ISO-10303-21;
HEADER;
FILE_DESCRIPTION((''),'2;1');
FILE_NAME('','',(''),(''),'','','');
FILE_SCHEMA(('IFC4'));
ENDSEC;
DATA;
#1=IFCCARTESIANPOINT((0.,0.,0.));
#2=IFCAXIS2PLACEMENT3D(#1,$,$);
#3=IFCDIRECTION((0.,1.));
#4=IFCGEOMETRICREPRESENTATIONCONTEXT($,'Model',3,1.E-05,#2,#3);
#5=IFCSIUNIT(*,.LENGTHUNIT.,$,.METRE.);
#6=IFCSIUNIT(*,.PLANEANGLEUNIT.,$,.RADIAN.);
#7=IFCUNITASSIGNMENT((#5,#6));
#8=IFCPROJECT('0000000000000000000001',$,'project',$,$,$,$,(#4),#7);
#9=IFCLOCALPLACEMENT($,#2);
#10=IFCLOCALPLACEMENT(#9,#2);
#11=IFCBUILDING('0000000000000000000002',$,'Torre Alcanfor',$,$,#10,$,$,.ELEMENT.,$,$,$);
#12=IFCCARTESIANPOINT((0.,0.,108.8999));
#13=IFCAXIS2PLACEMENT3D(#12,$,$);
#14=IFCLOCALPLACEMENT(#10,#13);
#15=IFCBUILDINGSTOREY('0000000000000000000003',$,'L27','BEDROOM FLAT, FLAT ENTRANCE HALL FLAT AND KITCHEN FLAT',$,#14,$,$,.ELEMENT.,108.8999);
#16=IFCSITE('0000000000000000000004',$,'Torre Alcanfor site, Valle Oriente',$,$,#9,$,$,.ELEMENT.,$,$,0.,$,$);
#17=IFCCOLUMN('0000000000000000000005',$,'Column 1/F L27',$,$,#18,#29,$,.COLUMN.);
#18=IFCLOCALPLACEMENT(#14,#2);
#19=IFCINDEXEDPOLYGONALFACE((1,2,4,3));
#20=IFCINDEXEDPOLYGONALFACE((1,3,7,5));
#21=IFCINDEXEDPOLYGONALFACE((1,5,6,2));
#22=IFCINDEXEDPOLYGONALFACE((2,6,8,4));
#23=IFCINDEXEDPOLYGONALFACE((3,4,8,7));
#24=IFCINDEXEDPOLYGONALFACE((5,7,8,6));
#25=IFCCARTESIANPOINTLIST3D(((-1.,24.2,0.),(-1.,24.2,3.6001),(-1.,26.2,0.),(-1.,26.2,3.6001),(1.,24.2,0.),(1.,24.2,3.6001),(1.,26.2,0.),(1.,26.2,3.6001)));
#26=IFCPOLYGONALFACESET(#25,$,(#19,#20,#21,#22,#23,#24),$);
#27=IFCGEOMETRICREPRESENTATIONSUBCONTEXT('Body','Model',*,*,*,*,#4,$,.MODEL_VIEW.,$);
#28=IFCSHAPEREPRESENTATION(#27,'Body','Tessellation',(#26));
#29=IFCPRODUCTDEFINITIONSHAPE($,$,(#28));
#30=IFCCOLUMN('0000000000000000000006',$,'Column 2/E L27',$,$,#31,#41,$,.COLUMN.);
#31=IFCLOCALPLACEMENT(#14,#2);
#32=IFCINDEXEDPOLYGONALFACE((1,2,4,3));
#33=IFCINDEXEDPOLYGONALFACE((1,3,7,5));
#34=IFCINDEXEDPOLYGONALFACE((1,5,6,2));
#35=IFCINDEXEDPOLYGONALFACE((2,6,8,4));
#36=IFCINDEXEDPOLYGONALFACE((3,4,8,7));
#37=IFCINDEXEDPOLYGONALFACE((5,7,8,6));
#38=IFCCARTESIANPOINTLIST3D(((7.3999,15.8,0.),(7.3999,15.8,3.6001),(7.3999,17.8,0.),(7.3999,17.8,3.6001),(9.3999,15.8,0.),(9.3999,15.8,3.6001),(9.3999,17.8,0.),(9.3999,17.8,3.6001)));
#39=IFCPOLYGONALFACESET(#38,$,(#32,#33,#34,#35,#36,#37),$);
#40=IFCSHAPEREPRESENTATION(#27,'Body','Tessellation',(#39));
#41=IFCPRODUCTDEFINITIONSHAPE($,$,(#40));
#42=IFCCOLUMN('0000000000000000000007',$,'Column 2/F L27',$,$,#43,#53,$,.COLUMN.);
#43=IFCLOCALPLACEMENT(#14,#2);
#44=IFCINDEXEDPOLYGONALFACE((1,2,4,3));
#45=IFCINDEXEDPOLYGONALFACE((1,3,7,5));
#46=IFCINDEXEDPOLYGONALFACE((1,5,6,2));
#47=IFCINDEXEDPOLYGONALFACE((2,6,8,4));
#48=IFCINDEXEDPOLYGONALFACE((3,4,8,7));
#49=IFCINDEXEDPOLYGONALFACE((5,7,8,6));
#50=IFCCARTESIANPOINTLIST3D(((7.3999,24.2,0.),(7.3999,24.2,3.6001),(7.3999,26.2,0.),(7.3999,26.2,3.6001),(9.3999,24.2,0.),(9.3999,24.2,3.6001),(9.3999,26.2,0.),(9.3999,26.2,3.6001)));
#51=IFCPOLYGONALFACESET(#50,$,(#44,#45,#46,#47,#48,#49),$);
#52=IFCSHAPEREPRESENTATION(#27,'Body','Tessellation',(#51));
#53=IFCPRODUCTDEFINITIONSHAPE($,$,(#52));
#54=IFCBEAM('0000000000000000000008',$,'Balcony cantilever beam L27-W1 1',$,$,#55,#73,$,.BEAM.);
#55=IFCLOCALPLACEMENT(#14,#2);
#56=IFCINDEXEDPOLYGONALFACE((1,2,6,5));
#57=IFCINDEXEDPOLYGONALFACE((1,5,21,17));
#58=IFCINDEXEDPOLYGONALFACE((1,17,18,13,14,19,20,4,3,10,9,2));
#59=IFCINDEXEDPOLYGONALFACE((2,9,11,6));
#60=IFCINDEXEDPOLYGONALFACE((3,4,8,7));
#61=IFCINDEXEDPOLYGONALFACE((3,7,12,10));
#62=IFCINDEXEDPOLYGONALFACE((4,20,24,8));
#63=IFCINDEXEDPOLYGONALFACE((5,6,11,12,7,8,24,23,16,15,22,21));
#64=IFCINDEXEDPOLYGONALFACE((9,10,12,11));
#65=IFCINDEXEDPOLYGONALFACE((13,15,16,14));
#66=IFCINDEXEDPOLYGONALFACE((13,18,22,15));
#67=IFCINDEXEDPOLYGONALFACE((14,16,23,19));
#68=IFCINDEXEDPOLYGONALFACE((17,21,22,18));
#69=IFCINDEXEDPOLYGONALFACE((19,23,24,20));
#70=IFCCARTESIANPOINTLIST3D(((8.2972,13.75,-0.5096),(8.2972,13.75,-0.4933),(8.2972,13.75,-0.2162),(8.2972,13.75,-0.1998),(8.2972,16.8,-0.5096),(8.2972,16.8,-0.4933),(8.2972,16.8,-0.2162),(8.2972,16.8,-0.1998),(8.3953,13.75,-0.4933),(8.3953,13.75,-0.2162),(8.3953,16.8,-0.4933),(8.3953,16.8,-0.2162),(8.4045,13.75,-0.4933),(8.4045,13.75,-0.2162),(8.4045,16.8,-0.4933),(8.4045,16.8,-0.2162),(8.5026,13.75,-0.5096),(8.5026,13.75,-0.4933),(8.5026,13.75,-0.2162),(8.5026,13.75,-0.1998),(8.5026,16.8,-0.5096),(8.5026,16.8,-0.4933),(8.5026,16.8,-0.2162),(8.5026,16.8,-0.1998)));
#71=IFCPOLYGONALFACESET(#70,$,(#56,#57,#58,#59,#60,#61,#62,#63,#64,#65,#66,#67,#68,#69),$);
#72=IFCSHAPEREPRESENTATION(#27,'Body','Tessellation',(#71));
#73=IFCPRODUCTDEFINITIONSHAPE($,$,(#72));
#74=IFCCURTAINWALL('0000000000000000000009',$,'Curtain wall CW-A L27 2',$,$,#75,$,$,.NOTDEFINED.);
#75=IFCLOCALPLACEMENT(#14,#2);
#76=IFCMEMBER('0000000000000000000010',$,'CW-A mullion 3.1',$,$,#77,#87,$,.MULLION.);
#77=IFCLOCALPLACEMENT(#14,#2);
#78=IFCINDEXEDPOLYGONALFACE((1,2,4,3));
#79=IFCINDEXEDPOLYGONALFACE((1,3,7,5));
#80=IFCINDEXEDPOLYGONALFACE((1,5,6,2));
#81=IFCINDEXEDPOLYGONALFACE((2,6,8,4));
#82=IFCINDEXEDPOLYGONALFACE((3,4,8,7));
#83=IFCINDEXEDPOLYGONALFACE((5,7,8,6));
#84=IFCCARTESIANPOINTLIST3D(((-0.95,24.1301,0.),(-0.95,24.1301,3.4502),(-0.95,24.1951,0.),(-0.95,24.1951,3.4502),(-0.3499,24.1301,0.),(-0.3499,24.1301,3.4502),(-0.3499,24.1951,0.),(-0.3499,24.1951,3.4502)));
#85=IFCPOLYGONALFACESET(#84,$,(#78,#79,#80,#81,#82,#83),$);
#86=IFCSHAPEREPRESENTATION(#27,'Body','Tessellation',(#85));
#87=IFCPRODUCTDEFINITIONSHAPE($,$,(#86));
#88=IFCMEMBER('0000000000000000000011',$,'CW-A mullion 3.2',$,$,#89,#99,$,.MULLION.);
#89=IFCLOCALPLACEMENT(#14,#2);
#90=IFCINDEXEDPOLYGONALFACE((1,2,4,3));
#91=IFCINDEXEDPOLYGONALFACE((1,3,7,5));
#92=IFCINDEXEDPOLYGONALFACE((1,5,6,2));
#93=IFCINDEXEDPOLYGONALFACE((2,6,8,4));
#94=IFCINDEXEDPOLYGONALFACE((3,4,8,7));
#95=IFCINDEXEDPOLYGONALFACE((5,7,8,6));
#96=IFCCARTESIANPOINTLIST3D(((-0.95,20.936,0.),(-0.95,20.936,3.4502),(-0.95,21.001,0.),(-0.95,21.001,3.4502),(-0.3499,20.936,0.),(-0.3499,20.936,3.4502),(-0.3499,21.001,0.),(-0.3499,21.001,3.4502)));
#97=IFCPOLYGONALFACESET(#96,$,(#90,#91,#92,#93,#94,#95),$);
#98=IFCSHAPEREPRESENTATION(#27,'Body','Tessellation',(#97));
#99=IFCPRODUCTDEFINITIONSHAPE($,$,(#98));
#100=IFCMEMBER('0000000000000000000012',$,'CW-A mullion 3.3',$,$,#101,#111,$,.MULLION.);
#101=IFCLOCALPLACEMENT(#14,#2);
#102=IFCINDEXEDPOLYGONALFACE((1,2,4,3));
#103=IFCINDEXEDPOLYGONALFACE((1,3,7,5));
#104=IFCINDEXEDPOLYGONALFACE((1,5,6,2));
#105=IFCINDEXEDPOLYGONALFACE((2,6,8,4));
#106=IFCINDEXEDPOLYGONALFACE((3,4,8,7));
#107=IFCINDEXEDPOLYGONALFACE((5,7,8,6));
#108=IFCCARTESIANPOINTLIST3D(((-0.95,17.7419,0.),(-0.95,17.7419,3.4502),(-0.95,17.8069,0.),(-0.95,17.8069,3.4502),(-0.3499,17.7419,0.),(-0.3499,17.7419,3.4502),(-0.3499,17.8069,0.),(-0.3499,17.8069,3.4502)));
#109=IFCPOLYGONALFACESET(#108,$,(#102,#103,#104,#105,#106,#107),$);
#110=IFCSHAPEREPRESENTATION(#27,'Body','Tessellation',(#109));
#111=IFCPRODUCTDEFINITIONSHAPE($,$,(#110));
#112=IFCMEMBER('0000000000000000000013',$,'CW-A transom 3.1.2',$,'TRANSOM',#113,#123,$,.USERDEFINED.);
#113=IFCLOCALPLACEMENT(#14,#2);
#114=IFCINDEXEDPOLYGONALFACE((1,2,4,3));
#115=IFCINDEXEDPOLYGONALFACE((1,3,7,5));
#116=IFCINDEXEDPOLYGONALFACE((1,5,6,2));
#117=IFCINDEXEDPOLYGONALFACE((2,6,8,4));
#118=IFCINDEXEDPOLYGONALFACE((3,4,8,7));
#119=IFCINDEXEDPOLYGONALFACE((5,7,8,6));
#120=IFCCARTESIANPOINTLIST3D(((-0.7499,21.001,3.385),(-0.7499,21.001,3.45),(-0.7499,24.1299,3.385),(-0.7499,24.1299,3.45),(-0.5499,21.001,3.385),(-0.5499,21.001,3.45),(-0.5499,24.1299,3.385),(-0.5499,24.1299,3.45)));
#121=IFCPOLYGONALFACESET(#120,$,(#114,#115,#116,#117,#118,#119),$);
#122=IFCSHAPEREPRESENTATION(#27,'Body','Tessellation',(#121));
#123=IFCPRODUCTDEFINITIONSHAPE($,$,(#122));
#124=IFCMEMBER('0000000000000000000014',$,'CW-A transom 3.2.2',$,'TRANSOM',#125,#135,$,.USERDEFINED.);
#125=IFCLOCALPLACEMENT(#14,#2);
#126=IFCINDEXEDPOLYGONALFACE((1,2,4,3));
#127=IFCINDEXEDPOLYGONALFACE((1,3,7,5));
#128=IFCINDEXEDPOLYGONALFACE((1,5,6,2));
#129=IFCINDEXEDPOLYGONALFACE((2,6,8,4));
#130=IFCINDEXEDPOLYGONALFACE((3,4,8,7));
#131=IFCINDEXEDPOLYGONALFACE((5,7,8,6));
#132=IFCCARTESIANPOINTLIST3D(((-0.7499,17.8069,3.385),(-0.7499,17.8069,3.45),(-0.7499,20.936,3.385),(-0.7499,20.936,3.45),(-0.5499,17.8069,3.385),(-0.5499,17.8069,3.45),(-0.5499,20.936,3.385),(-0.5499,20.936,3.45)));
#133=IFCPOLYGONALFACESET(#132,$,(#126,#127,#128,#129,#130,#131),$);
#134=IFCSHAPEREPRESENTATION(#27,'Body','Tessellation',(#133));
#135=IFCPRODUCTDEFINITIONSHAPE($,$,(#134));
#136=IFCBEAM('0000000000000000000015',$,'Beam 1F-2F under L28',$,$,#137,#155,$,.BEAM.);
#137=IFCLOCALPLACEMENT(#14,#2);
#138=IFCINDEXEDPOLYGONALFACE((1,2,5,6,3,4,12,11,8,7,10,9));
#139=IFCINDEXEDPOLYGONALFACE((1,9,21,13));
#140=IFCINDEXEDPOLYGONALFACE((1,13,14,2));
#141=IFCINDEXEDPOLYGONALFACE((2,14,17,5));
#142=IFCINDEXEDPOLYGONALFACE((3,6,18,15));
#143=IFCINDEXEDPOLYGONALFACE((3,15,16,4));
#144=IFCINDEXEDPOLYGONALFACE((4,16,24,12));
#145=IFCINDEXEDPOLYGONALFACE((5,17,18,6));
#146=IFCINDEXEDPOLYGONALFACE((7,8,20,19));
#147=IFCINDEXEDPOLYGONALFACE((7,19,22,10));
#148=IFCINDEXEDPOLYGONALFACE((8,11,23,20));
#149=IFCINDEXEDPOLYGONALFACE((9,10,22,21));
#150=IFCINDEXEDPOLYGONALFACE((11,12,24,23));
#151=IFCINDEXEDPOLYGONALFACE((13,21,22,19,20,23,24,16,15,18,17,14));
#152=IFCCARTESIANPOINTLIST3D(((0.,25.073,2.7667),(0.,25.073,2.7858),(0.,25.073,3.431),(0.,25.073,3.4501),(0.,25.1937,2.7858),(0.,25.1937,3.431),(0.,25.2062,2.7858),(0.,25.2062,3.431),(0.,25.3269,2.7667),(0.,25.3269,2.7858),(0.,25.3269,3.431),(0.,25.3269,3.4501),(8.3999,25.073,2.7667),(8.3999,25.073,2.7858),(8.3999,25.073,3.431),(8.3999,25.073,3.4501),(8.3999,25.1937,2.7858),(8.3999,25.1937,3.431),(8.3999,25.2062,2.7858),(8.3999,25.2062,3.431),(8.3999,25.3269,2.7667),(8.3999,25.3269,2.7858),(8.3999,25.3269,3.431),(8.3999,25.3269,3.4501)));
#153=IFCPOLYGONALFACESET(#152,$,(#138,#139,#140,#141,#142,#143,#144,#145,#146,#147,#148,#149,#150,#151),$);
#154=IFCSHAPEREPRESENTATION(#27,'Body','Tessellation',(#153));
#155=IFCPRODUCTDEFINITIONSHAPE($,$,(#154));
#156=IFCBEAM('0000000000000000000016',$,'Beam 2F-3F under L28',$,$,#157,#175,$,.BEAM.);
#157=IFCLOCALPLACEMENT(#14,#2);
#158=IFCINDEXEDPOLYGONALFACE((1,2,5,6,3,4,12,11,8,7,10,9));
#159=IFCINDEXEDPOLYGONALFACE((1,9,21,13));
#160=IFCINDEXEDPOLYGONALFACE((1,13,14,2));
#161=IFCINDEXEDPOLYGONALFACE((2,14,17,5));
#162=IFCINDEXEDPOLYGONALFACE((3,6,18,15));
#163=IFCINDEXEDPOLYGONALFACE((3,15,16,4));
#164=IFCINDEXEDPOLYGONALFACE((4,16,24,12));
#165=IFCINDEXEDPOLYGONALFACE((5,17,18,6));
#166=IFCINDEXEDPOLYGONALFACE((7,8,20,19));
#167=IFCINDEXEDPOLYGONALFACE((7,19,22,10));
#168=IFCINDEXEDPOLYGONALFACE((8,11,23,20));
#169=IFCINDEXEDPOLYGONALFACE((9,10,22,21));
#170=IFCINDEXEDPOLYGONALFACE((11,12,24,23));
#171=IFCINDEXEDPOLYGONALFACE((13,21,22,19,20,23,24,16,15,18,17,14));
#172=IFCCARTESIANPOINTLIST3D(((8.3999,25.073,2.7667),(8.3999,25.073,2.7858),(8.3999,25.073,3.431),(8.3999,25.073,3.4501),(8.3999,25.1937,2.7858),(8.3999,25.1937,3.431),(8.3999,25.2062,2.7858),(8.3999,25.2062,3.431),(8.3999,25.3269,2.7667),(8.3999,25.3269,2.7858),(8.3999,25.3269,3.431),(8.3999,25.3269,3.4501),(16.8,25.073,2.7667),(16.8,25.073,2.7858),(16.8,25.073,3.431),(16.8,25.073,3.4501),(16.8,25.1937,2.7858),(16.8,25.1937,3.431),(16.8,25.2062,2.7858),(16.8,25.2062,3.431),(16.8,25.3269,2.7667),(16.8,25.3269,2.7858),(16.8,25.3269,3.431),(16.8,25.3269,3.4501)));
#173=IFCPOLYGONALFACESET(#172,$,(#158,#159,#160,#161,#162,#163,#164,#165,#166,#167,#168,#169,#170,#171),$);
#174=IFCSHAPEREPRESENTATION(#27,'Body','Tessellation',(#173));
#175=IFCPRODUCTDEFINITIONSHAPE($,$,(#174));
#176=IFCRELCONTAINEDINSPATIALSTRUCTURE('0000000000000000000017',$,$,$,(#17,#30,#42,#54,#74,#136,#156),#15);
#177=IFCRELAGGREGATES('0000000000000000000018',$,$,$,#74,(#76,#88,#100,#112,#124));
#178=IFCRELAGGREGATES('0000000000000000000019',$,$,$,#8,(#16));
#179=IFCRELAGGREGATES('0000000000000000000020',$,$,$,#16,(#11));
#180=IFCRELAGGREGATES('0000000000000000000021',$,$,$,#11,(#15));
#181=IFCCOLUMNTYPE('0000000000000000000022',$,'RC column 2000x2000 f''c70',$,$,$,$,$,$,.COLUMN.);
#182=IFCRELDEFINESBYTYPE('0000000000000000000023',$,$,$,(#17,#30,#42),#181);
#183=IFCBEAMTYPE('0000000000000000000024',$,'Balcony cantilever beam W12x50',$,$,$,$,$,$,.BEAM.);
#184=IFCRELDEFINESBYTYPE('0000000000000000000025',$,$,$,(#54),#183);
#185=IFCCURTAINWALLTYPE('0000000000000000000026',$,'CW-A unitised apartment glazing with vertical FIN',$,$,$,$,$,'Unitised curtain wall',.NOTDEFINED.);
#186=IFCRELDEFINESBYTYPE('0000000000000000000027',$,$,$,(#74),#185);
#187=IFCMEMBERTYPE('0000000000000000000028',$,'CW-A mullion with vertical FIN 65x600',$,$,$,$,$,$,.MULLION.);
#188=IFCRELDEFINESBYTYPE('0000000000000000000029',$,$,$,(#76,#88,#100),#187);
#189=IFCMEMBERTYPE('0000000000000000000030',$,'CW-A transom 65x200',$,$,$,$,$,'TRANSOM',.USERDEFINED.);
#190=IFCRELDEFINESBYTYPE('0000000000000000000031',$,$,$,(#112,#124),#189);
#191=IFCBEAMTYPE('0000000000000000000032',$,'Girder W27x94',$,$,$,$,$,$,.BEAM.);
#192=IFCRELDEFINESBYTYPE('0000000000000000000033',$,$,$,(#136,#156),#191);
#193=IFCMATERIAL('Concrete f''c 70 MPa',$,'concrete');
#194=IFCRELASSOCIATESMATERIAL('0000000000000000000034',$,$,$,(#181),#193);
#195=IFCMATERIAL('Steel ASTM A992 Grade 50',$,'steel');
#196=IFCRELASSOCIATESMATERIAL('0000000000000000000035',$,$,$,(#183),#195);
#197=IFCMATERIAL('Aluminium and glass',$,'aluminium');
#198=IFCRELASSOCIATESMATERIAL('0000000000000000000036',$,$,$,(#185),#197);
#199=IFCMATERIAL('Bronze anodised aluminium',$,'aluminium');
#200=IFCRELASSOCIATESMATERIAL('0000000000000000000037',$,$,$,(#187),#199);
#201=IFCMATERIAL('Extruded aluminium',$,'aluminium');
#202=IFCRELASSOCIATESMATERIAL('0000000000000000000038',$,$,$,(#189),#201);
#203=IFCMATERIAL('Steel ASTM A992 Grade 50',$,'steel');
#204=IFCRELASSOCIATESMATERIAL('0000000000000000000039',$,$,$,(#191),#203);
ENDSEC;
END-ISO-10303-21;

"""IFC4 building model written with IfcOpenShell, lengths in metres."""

from ifc_helpers import new_model, si_unit, direction, frame, origin, origin_2d, place, context, subcontext, project, spatial, rectangle, i_section, extrude, material, material_profile, profile_set, type_object, element, aggregate, save


model = new_model("IFC4")

# Units and contexts
model_context = context("Model", 3, precision=1e-05, world=origin(), true_north=direction((0.0, 1.0)))
body_context = subcontext(model_context, "Body", "Model", "MODEL_VIEW")
ifc_project = project(units=[si_unit("LENGTHUNIT", "METRE"), si_unit("PLANEANGLEUNIT", "RADIAN")], contexts=[model_context])

# Site, building, storey
site_placement = place(None, origin())
site = spatial("IfcSite", under=ifc_project, at=site_placement, Name="Torre Alcanfor site, Valle Oriente", CompositionType="ELEMENT", RefElevation=0.0)
building_placement = place(site_placement, origin())
building = spatial("IfcBuilding", under=site, at=building_placement, Name="Torre Alcanfor", CompositionType="ELEMENT")
storey_placement = place(building_placement, frame((0.0, 0.0, 108.8999)))
storey = spatial("IfcBuildingStorey", under=building, at=storey_placement, Name="L27", Description="BEDROOM FLAT, FLAT ENTRANCE HALL FLAT AND KITCHEN FLAT", CompositionType="ELEMENT", Elevation=108.8999)

# Columns
ifc_material_1 = material(Name="Concrete f'c 70 MPa", Category="concrete")
ifc_material_profile_1 = material_profile(ifc_material_1, rectangle(XDim=2.0, YDim=2.0, at=origin_2d()), Name="2000x2000")
ifc_profile_set_1 = profile_set([ifc_material_profile_1], Name="Concrete f'c 70 MPa")
column_type = type_object("IfcColumnType", Name="RC column 2000x2000 f'c70", PredefinedType="COLUMN", material=ifc_profile_set_1)
for number, where, z_axis, x_axis, name in (
    (1, (0.0, 25.2, 0.0), (0.0, 0.0, 1.0), (1.0, 0.0, 0.0), "Column 1/F L27"),
    (2, (8.3999, 16.8, 0.0), (0.0, 0.0, 1.0), (1.0, 0.0, 0.0), "Column 2/E L27"),
    (3, (8.3999, 25.2, 0.0), (0.0, 0.0, 1.0), (1.0, 0.0, 0.0), "Column 2/F L27"),
):
    element("IfcColumn", number, at=place(storey_placement, frame(where, z_axis=z_axis, x_axis=x_axis)), inside=storey, type_object=column_type, Name=name, PredefinedType="COLUMN", context=body_context, shape_type="SweptSolid", body=[
        extrude(rectangle(XDim=2.0, YDim=2.0, at=origin_2d()), origin(), (0.0, 0.0, 1.0), 3.6001),
    ])

# Beam
ifc_material_2 = material(Name="Steel ASTM A992 Grade 50", Category="steel")
ifc_material_profile_2 = material_profile(ifc_material_2, i_section(OverallWidth=0.2053, OverallDepth=0.3098, WebThickness=0.0093, FlangeThickness=0.0164, at=origin_2d()), Name="W12x50")
ifc_profile_set_2 = profile_set([ifc_material_profile_2], Name="Steel ASTM A992 Grade 50")
beam_type_1 = type_object("IfcBeamType", Name="Balcony cantilever beam W12x50", PredefinedType="BEAM", material=ifc_profile_set_2)
beam_1_placement = place(storey_placement, frame((8.3999, 16.8, -0.3547), z_axis=(0.0, -1.0, 0.0), x_axis=(1.0, 0.0, 0.0)))
element("IfcBeam", 4, at=beam_1_placement, inside=storey, type_object=beam_type_1, Name="Balcony cantilever beam L27-W1 1", PredefinedType="BEAM", context=body_context, shape_type="SweptSolid", body=[
    extrude(i_section(OverallWidth=0.2053, OverallDepth=0.3098, WebThickness=0.0093, FlangeThickness=0.0164, at=origin_2d()), origin(), (0.0, 0.0, 1.0), 3.05),
])

# Curtain wall, members
ifc_material_3 = material(Name="Aluminium and glass", Category="aluminium")
curtain_wall_type = type_object("IfcCurtainWallType", Name="CW-A unitised apartment glazing with vertical FIN", ElementType="Unitised curtain wall", PredefinedType="NOTDEFINED", material=ifc_material_3)
curtain_wall_placement = place(storey_placement, origin())
curtain_wall = element("IfcCurtainWall", 5, at=curtain_wall_placement, inside=storey, type_object=curtain_wall_type, Name="Curtain wall CW-A L27 2", PredefinedType="NOTDEFINED")
ifc_material_4 = material(Name="Bronze anodised aluminium", Category="aluminium")
ifc_material_profile_3 = material_profile(ifc_material_4, rectangle(XDim=0.6001, YDim=0.0649, at=origin_2d()), Name="CW-A mullion 65x600")
ifc_profile_set_3 = profile_set([ifc_material_profile_3], Name="Bronze anodised aluminium")
member_type_1 = type_object("IfcMemberType", Name="CW-A mullion with vertical FIN 65x600", PredefinedType="MULLION", material=ifc_profile_set_3)
member_1_placement = place(storey_placement, frame((-0.6499, 24.1626, 0.0), z_axis=(0.0, 0.0, 1.0), x_axis=(1.0, 0.0, 0.0)))
member_1 = element("IfcMember", 6, at=member_1_placement, type_object=member_type_1, Name="CW-A mullion 3.1", PredefinedType="MULLION", context=body_context, shape_type="SweptSolid", body=[
    extrude(rectangle(XDim=0.6001, YDim=0.0649, at=origin_2d()), origin(), (0.0, 0.0, 1.0), 3.4502),
])
member_2_placement = place(storey_placement, frame((-0.6499, 20.9685, 0.0), z_axis=(0.0, 0.0, 1.0), x_axis=(1.0, 0.0, 0.0)))
member_2 = element("IfcMember", 7, at=member_2_placement, type_object=member_type_1, Name="CW-A mullion 3.2", PredefinedType="MULLION", context=body_context, shape_type="SweptSolid", body=[
    extrude(rectangle(XDim=0.6001, YDim=0.0649, at=origin_2d()), origin(), (0.0, 0.0, 1.0), 3.4502),
])
member_3_placement = place(storey_placement, frame((-0.6499, 17.7744, 0.0), z_axis=(0.0, 0.0, 1.0), x_axis=(1.0, 0.0, 0.0)))
member_3 = element("IfcMember", 8, at=member_3_placement, type_object=member_type_1, Name="CW-A mullion 3.3", PredefinedType="MULLION", context=body_context, shape_type="SweptSolid", body=[
    extrude(rectangle(XDim=0.6001, YDim=0.0649, at=origin_2d()), origin(), (0.0, 0.0, 1.0), 3.4502),
])
ifc_material_5 = material(Name="Extruded aluminium", Category="aluminium")
ifc_material_profile_4 = material_profile(ifc_material_5, rectangle(XDim=0.2, YDim=0.0649, at=origin_2d()), Name="CW-A transom 200x65")
ifc_profile_set_4 = profile_set([ifc_material_profile_4], Name="Extruded aluminium")
member_type_2 = type_object("IfcMemberType", Name="CW-A transom 65x200", ElementType="TRANSOM", PredefinedType="USERDEFINED", material=ifc_profile_set_4)
member_4_placement = place(storey_placement, frame((-0.6499, 24.1299, 3.4175), z_axis=(0.0, -1.0, 0.0), x_axis=(1.0, 0.0, 0.0)))
member_4 = element("IfcMember", 9, at=member_4_placement, type_object=member_type_2, Name="CW-A transom 3.1.2", ObjectType="TRANSOM", PredefinedType="USERDEFINED", context=body_context, shape_type="SweptSolid", body=[
    extrude(rectangle(XDim=0.2, YDim=0.0649, at=origin_2d()), origin(), (0.0, 0.0, 1.0), 3.1289),
])
member_5_placement = place(storey_placement, frame((-0.6499, 20.936, 3.4175), z_axis=(0.0, -1.0, 0.0), x_axis=(1.0, 0.0, 0.0)))
member_5 = element("IfcMember", 10, at=member_5_placement, type_object=member_type_2, Name="CW-A transom 3.2.2", ObjectType="TRANSOM", PredefinedType="USERDEFINED", context=body_context, shape_type="SweptSolid", body=[
    extrude(rectangle(XDim=0.2, YDim=0.0649, at=origin_2d()), origin(), (0.0, 0.0, 1.0), 3.1292),
])

# Beams
ifc_material_6 = material(Name="Steel ASTM A992 Grade 50", Category="steel")
ifc_material_profile_5 = material_profile(ifc_material_6, i_section(OverallWidth=0.2539, OverallDepth=0.6833, WebThickness=0.0125, FlangeThickness=0.019, at=origin_2d()), Name="W27x94")
ifc_profile_set_5 = profile_set([ifc_material_profile_5], Name="Steel ASTM A992 Grade 50")
beam_type_2 = type_object("IfcBeamType", Name="Girder W27x94", PredefinedType="BEAM", material=ifc_profile_set_5)
beam_2_placement = place(storey_placement, frame((0.0, 25.2, 3.1084), z_axis=(1.0, 0.0, 0.0), x_axis=(0.0, 1.0, 0.0)))
element("IfcBeam", 11, at=beam_2_placement, inside=storey, type_object=beam_type_2, Name="Beam 1F-2F under L28", PredefinedType="BEAM", context=body_context, shape_type="SweptSolid", body=[
    extrude(i_section(OverallWidth=0.2539, OverallDepth=0.6833, WebThickness=0.0125, FlangeThickness=0.019, at=origin_2d()), origin(), (0.0, 0.0, 1.0), 8.3999),
])
beam_3_placement = place(storey_placement, frame((8.3999, 25.2, 3.1084), z_axis=(1.0, 0.0, 0.0), x_axis=(0.0, 1.0, 0.0)))
element("IfcBeam", 12, at=beam_3_placement, inside=storey, type_object=beam_type_2, Name="Beam 2F-3F under L28", PredefinedType="BEAM", context=body_context, shape_type="SweptSolid", body=[
    extrude(i_section(OverallWidth=0.2539, OverallDepth=0.6833, WebThickness=0.0125, FlangeThickness=0.019, at=origin_2d()), origin(), (0.0, 0.0, 1.0), 8.4001),
])

aggregate(curtain_wall, [member_1, member_2, member_3, member_4, member_5])

save(model, "model.ifc")
